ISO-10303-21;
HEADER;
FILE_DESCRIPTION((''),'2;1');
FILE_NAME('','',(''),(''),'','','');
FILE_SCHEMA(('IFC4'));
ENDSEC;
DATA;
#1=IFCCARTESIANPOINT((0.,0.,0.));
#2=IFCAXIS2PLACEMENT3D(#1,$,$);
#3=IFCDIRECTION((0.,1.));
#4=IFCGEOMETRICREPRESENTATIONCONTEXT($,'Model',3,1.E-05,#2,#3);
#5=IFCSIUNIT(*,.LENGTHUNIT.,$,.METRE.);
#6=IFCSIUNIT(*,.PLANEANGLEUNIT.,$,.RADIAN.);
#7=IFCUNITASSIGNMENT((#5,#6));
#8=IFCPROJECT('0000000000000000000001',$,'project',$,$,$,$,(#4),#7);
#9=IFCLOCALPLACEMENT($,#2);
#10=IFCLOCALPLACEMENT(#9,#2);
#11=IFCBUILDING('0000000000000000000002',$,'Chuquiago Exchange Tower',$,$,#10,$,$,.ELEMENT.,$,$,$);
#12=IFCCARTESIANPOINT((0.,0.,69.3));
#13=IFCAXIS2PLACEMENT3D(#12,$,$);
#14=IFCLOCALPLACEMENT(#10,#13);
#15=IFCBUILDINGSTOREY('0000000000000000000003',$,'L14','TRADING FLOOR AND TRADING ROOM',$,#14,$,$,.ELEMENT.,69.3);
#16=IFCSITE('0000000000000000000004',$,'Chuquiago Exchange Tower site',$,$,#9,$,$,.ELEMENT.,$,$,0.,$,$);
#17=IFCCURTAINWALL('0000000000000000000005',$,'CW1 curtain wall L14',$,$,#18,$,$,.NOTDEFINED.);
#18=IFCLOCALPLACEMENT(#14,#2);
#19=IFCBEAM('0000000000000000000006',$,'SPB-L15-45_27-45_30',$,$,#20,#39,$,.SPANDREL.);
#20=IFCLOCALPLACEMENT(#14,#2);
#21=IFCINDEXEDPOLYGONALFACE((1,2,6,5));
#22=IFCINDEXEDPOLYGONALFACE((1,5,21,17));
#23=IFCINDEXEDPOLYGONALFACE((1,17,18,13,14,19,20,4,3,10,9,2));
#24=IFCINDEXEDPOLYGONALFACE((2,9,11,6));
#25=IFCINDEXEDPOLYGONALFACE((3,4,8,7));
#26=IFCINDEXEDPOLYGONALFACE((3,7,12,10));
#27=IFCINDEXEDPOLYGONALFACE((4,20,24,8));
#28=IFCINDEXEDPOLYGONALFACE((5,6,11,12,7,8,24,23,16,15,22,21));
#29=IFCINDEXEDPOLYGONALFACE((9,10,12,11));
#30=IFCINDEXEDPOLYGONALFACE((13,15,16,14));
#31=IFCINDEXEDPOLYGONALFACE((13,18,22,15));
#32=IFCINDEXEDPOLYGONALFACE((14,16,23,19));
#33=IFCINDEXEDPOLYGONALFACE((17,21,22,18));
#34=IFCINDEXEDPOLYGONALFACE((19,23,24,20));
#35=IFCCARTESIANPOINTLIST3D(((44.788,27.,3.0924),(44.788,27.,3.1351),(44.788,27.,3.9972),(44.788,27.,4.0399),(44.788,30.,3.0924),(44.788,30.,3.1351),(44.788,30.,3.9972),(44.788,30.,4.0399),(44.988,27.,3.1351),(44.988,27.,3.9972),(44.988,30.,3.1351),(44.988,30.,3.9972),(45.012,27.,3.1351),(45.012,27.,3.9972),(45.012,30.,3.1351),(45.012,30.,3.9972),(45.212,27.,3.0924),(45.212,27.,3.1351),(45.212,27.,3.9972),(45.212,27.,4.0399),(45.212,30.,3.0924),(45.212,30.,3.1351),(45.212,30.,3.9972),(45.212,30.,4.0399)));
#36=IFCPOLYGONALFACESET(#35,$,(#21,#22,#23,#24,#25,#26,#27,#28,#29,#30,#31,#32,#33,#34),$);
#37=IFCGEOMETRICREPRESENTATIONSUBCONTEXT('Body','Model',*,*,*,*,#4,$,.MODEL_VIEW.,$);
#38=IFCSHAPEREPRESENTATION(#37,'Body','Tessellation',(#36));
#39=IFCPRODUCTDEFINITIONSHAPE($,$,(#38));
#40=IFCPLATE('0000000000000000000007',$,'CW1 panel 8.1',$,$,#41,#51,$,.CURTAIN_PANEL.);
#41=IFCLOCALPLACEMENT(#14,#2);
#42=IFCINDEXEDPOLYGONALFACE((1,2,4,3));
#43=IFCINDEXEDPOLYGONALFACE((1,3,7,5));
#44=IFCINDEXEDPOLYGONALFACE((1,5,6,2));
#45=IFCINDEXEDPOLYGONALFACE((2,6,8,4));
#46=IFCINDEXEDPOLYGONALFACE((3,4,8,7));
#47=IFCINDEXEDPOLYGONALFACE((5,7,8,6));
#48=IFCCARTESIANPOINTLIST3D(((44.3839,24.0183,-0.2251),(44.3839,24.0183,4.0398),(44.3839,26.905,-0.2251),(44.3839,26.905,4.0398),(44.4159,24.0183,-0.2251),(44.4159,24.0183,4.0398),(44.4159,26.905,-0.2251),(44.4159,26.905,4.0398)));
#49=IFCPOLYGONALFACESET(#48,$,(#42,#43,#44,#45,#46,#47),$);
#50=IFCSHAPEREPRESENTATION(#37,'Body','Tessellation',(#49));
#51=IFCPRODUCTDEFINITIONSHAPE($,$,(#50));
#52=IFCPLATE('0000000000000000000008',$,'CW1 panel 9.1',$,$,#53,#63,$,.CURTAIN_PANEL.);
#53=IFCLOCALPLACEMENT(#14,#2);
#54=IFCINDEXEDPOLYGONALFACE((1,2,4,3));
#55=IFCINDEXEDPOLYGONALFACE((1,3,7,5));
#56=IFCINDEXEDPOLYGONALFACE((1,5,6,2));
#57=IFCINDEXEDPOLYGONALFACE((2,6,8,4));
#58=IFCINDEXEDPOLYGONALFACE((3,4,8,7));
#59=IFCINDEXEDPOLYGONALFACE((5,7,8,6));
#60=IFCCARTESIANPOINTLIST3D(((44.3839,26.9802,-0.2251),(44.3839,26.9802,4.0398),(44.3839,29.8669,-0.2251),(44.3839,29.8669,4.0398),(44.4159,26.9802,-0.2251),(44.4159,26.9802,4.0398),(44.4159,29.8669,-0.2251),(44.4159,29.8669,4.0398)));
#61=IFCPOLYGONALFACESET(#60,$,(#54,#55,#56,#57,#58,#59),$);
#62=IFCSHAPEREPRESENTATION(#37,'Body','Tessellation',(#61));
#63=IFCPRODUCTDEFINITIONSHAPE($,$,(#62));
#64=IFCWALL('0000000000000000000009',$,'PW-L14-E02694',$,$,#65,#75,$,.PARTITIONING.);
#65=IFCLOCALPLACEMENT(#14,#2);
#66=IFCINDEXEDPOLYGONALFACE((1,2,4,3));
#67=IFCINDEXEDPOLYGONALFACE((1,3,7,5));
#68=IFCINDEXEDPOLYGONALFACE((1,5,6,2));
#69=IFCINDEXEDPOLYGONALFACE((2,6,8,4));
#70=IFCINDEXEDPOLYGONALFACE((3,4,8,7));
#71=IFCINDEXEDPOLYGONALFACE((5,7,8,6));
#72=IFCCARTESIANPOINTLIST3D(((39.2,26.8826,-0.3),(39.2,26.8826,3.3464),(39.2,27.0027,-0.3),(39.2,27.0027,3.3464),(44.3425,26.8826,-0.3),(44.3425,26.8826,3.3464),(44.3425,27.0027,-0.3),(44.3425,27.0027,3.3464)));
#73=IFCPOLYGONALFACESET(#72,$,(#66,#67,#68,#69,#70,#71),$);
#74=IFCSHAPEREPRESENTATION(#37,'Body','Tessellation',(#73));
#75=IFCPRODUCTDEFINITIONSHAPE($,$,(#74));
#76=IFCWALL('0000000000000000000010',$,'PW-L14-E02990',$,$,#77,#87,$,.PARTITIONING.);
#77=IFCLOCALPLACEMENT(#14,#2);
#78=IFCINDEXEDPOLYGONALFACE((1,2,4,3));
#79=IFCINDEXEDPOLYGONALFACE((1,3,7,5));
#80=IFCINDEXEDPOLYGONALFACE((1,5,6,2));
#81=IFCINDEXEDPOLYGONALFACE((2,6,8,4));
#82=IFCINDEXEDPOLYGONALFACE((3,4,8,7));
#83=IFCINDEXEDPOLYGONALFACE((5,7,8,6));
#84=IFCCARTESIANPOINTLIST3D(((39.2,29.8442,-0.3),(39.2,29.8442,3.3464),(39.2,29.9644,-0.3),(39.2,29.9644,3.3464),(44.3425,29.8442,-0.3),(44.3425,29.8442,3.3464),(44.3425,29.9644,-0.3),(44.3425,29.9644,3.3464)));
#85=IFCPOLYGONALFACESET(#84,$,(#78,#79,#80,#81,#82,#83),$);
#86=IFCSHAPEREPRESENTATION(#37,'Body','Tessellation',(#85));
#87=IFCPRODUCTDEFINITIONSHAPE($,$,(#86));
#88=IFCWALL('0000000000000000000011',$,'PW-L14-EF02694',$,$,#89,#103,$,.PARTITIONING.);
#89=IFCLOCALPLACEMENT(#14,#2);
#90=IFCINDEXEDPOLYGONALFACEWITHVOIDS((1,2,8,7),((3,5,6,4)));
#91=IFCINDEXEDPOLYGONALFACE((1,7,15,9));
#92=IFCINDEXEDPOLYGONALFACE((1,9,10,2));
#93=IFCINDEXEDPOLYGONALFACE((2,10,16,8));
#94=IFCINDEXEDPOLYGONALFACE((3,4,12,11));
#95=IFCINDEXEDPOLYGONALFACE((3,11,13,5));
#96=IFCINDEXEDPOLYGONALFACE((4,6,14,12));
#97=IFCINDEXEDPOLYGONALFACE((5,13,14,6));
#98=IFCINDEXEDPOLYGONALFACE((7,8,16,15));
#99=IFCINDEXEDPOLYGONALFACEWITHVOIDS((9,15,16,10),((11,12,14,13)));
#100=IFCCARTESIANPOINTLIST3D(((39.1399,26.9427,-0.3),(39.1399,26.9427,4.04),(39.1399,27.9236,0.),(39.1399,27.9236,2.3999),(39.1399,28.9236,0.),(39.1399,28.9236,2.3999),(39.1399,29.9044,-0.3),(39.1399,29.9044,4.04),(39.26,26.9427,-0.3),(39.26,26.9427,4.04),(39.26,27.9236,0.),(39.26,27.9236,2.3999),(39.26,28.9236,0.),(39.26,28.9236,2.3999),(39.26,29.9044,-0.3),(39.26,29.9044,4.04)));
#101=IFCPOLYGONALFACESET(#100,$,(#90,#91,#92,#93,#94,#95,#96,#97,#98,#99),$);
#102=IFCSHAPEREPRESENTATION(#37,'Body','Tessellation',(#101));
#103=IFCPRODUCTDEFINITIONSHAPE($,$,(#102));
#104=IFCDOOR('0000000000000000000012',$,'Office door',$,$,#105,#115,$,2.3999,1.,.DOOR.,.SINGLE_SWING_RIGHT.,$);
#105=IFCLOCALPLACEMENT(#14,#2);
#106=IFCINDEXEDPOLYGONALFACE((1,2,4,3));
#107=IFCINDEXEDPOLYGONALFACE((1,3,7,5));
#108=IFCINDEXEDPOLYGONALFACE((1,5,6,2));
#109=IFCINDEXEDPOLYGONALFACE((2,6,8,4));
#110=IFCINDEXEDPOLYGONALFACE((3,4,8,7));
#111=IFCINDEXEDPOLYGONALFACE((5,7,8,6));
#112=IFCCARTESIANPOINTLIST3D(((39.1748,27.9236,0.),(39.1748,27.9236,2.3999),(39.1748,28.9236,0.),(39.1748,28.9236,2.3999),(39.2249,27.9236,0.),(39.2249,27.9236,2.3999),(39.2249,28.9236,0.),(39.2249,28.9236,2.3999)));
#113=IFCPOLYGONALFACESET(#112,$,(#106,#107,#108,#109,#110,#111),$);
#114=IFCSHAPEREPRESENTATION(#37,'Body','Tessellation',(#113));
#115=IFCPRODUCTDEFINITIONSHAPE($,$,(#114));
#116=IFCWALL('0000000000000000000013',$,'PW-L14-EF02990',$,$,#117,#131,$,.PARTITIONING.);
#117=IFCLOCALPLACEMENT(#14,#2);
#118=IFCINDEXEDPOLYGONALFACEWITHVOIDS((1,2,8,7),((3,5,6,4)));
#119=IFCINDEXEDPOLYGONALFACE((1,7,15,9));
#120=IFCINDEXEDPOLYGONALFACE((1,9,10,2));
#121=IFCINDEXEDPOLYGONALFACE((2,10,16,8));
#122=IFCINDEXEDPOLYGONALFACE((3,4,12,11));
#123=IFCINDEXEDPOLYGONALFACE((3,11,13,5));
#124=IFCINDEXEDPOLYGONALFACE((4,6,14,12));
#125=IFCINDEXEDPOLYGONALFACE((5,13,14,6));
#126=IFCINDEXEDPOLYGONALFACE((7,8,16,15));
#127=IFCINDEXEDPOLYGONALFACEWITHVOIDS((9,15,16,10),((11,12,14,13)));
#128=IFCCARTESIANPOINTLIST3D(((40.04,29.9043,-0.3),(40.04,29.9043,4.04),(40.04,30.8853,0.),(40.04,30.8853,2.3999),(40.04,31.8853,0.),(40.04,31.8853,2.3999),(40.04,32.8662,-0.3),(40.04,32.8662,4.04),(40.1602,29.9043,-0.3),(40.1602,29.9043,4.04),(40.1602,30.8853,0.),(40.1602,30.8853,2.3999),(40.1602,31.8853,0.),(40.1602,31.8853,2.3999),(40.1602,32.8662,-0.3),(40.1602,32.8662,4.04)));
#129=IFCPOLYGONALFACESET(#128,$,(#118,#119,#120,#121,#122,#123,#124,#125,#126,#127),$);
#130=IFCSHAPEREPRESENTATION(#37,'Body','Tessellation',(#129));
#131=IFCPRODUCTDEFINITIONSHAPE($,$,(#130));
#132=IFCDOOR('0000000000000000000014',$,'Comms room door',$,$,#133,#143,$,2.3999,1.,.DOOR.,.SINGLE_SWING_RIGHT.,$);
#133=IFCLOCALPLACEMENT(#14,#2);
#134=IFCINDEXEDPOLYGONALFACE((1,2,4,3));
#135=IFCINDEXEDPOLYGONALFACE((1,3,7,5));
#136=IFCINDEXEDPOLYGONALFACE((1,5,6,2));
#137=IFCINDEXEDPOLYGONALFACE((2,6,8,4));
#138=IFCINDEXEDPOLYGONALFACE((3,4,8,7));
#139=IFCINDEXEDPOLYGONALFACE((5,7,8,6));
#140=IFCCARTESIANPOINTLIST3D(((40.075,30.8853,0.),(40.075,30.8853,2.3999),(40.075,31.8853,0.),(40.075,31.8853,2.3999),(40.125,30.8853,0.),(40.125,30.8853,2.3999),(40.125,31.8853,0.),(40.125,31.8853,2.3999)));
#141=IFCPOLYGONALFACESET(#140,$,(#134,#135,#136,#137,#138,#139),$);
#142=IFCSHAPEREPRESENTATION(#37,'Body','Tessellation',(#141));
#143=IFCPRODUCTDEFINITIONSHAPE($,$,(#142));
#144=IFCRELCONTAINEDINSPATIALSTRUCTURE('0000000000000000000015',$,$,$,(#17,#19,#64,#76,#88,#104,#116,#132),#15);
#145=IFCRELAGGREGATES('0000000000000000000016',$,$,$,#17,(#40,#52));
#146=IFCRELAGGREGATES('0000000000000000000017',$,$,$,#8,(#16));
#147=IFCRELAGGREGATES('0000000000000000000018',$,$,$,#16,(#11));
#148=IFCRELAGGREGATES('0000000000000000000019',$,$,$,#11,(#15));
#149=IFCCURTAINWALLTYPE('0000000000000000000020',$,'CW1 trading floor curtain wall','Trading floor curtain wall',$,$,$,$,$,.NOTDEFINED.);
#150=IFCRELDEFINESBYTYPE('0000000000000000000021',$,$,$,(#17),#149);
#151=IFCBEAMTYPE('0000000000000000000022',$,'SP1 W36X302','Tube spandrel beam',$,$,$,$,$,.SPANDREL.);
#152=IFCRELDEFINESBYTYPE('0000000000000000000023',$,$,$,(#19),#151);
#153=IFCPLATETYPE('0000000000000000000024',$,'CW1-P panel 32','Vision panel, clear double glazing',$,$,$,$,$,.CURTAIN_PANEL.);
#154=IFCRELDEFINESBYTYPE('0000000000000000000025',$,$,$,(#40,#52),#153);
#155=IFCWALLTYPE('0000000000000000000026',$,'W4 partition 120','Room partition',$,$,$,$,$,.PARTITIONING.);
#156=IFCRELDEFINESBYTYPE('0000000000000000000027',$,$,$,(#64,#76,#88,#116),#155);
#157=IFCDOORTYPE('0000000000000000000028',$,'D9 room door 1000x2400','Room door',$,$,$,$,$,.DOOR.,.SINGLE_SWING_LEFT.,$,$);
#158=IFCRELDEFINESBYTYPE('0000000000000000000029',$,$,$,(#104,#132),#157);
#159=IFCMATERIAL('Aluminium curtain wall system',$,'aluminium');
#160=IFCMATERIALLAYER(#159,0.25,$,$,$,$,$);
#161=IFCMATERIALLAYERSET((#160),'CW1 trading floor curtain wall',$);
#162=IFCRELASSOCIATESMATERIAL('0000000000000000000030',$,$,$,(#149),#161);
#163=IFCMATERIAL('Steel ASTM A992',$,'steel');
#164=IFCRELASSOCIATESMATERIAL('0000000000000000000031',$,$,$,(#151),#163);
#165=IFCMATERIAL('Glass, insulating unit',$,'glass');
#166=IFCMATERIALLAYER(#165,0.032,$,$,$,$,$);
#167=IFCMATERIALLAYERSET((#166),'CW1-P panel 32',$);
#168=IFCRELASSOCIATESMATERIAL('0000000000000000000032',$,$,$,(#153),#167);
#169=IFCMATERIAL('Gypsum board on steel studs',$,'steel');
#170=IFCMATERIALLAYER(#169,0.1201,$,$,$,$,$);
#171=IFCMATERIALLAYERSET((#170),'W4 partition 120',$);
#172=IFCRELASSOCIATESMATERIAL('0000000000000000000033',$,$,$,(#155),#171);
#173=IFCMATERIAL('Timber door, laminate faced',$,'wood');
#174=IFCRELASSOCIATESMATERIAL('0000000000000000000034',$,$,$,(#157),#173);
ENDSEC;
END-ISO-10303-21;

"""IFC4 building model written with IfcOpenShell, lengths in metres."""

from ifc_helpers import new_model, si_unit, direction, frame, frame_2d, origin, origin_2d, place, context, subcontext, project, spatial, rectangle, i_section, extrude, material, layer, layer_set, material_profile, profile_set, type_object, element, fill, aggregate, save


model = new_model("IFC4")

# Units and contexts
model_context = context("Model", 3, precision=1e-05, world=origin(), true_north=direction((0.0, 1.0)))
body_context = subcontext(model_context, "Body", "Model", "MODEL_VIEW")
ifc_project = project(units=[si_unit("LENGTHUNIT", "METRE"), si_unit("PLANEANGLEUNIT", "RADIAN")], contexts=[model_context])

# Site, building, storey
site_placement = place(None, origin())
site = spatial("IfcSite", under=ifc_project, at=site_placement, Name="Chuquiago Exchange Tower site", CompositionType="ELEMENT", RefElevation=0.0)
building_placement = place(site_placement, origin())
building = spatial("IfcBuilding", under=site, at=building_placement, Name="Chuquiago Exchange Tower", CompositionType="ELEMENT")
storey_placement = place(building_placement, frame((0.0, 0.0, 69.3)))
storey = spatial("IfcBuildingStorey", under=building, at=storey_placement, Name="L14", Description="TRADING FLOOR AND TRADING ROOM", CompositionType="ELEMENT", Elevation=69.3)

# Curtain wall
ifc_material_1 = material(Name="Aluminium curtain wall system", Category="aluminium")
ifc_layer_1 = layer(ifc_material_1, 0.25)
ifc_layer_set_1 = layer_set([ifc_layer_1], Name="CW1 trading floor curtain wall")
curtain_wall_type = type_object("IfcCurtainWallType", Name="CW1 trading floor curtain wall", Description="Trading floor curtain wall", PredefinedType="NOTDEFINED", material=ifc_layer_set_1)
curtain_wall_placement = place(storey_placement, origin())
curtain_wall = element("IfcCurtainWall", 1, at=curtain_wall_placement, inside=storey, type_object=curtain_wall_type, Name="CW1 curtain wall L14", PredefinedType="NOTDEFINED")

# Beam
ifc_material_2 = material(Name="Steel ASTM A992", Category="steel")
ifc_material_profile_1 = material_profile(ifc_material_2, i_section(OverallWidth=0.4241, OverallDepth=0.9475, WebThickness=0.0239, FlangeThickness=0.0427, at=origin_2d()), Name="W36X302")
ifc_profile_set_1 = profile_set([ifc_material_profile_1], Name="Steel ASTM A992")
beam_type = type_object("IfcBeamType", Name="SP1 W36X302", Description="Tube spandrel beam", PredefinedType="SPANDREL", material=ifc_profile_set_1)
for number, where, z_axis, x_axis, name in (
    (2, (45.0, 27.0, 3.5662), (0.0, 1.0, 0.0), (-1.0, 0.0, 0.0), "SPB-L15-45_27-45_30"),
):
    element("IfcBeam", number, at=place(storey_placement, frame(where, z_axis=z_axis, x_axis=x_axis)), inside=storey, type_object=beam_type, Name=name, PredefinedType="SPANDREL", context=body_context, shape_type="SweptSolid", body=[
        extrude(i_section(OverallWidth=0.4241, OverallDepth=0.9475, WebThickness=0.0239, FlangeThickness=0.0427, at=origin_2d()), origin(), (0.0, 0.0, 1.0), 3.0),
    ])

# Plates
ifc_material_3 = material(Name="Glass, insulating unit", Category="glass")
ifc_layer_2 = layer(ifc_material_3, 0.032)
ifc_layer_set_2 = layer_set([ifc_layer_2], Name="CW1-P panel 32")
plate_type = type_object("IfcPlateType", Name="CW1-P panel 32", Description="Vision panel, clear double glazing", PredefinedType="CURTAIN_PANEL", material=ifc_layer_set_2)
plate_1_placement = place(storey_placement, frame((44.3999, 25.4617, -0.2251), z_axis=(0.0, 0.0, 1.0), x_axis=(0.0, 1.0, 0.0)))
plate_1 = element("IfcPlate", 3, at=plate_1_placement, type_object=plate_type, Name="CW1 panel 8.1", PredefinedType="CURTAIN_PANEL", context=body_context, shape_type="SweptSolid", body=[
    extrude(rectangle(XDim=2.8867, YDim=0.032, at=origin_2d()), origin(), (0.0, 0.0, 1.0), 4.2649),
])
plate_2_placement = place(storey_placement, frame((44.3999, 28.4236, -0.2251), z_axis=(0.0, 0.0, 1.0), x_axis=(0.0, 1.0, 0.0)))
plate_2 = element("IfcPlate", 4, at=plate_2_placement, type_object=plate_type, Name="CW1 panel 9.1", PredefinedType="CURTAIN_PANEL", context=body_context, shape_type="SweptSolid", body=[
    extrude(rectangle(XDim=2.8867, YDim=0.032, at=origin_2d()), origin(), (0.0, 0.0, 1.0), 4.2649),
])
aggregate(curtain_wall, [plate_1, plate_2])

# Walls
ifc_material_4 = material(Name="Gypsum board on steel studs", Category="steel")
ifc_layer_3 = layer(ifc_material_4, 0.1201)
ifc_layer_set_3 = layer_set([ifc_layer_3], Name="W4 partition 120")
wall_type = type_object("IfcWallType", Name="W4 partition 120", Description="Room partition", PredefinedType="PARTITIONING", material=ifc_layer_set_3)
for number, where, z_axis, x_axis, name in (
    (5, (44.3425, 26.9426, -0.3), (0.0, 0.0, 1.0), (-1.0, 0.0, 0.0), "PW-L14-E02694"),
    (6, (44.3425, 29.9043, -0.3), (0.0, 0.0, 1.0), (-1.0, 0.0, 0.0), "PW-L14-E02990"),
):
    element("IfcWall", number, at=place(storey_placement, frame(where, z_axis=z_axis, x_axis=x_axis)), inside=storey, type_object=wall_type, Name=name, PredefinedType="PARTITIONING", context=body_context, shape_type="SweptSolid", body=[
        extrude(rectangle(XDim=5.1426, YDim=0.1201, at=frame_2d((2.5713, 0.0))), origin(), (0.0, 0.0, 1.0), 3.6465),
    ])

# Walls, openings, doors
wall_1_placement = place(storey_placement, frame((39.2, 26.9426, -0.3), z_axis=(0.0, 0.0, 1.0), x_axis=(0.0, 1.0, 0.0)))
wall_1 = element("IfcWall", 7, at=wall_1_placement, inside=storey, type_object=wall_type, Name="PW-L14-EF02694", PredefinedType="PARTITIONING", context=body_context, shape_type="SweptSolid", body=[
    extrude(rectangle(XDim=2.9617, YDim=0.1201, at=frame_2d((1.481, 0.0))), origin(), (0.0, 0.0, 1.0), 4.3401),
])
opening_1_placement = place(wall_1_placement, frame((0.981, 0.0, 0.3)))
opening_1 = element("IfcOpeningElement", 8, at=opening_1_placement, cuts=wall_1, PredefinedType="OPENING", context=body_context, shape_type="SweptSolid", body=[
    extrude(rectangle(XDim=1.0, YDim=2.3999, at=frame_2d((0.5, 1.2))), frame((0.0, 0.0701, 0.0), z_axis=(0.0, -1.0, 0.0), x_axis=(1.0, 0.0, 0.0)), (0.0, 0.0, 1.0), 0.1401),
])
ifc_material_5 = material(Name="Timber door, laminate faced", Category="wood")
door_type = type_object("IfcDoorType", Name="D9 room door 1000x2400", Description="Room door", OperationType="SINGLE_SWING_LEFT", PredefinedType="DOOR", material=ifc_material_5)
door_1_placement = place(opening_1_placement, frame((1.0, 0.0, 0.0), z_axis=(0.0, 0.0, 1.0), x_axis=(-1.0, 0.0, 0.0)))
door_1 = element("IfcDoor", 9, at=door_1_placement, inside=storey, type_object=door_type, Name="Office door", OperationType="SINGLE_SWING_RIGHT", OverallHeight=2.3999, OverallWidth=1.0, PredefinedType="DOOR", context=body_context, shape_type="SweptSolid", body=[
    extrude(rectangle(XDim=1.0, YDim=2.3999, at=frame_2d((0.5, 1.2))), frame((0.0, 0.0249, 0.0), z_axis=(0.0, -1.0, 0.0), x_axis=(1.0, 0.0, 0.0)), (0.0, 0.0, 1.0), 0.05),
])
fill(opening_1, door_1)
wall_2_placement = place(storey_placement, frame((40.1001, 29.9043, -0.3), z_axis=(0.0, 0.0, 1.0), x_axis=(0.0, 1.0, 0.0)))
wall_2 = element("IfcWall", 10, at=wall_2_placement, inside=storey, type_object=wall_type, Name="PW-L14-EF02990", PredefinedType="PARTITIONING", context=body_context, shape_type="SweptSolid", body=[
    extrude(rectangle(XDim=2.9619, YDim=0.1201, at=frame_2d((1.481, 0.0))), origin(), (0.0, 0.0, 1.0), 4.3401),
])
opening_2_placement = place(wall_2_placement, frame((0.981, 0.0, 0.3)))
opening_2 = element("IfcOpeningElement", 11, at=opening_2_placement, cuts=wall_2, PredefinedType="OPENING", context=body_context, shape_type="SweptSolid", body=[
    extrude(rectangle(XDim=1.0, YDim=2.3999, at=frame_2d((0.5, 1.2))), frame((0.0, 0.0701, 0.0), z_axis=(0.0, -1.0, 0.0), x_axis=(1.0, 0.0, 0.0)), (0.0, 0.0, 1.0), 0.1401),
])
door_2_placement = place(opening_2_placement, frame((1.0, 0.0, 0.0), z_axis=(0.0, 0.0, 1.0), x_axis=(-1.0, 0.0, 0.0)))
door_2 = element("IfcDoor", 12, at=door_2_placement, inside=storey, type_object=door_type, Name="Comms room door", OperationType="SINGLE_SWING_RIGHT", OverallHeight=2.3999, OverallWidth=1.0, PredefinedType="DOOR", context=body_context, shape_type="SweptSolid", body=[
    extrude(rectangle(XDim=1.0, YDim=2.3999, at=frame_2d((0.5, 1.2))), frame((0.0, 0.0249, 0.0), z_axis=(0.0, -1.0, 0.0), x_axis=(1.0, 0.0, 0.0)), (0.0, 0.0, 1.0), 0.05),
])
fill(opening_2, door_2)

save(model, "model.ifc")
